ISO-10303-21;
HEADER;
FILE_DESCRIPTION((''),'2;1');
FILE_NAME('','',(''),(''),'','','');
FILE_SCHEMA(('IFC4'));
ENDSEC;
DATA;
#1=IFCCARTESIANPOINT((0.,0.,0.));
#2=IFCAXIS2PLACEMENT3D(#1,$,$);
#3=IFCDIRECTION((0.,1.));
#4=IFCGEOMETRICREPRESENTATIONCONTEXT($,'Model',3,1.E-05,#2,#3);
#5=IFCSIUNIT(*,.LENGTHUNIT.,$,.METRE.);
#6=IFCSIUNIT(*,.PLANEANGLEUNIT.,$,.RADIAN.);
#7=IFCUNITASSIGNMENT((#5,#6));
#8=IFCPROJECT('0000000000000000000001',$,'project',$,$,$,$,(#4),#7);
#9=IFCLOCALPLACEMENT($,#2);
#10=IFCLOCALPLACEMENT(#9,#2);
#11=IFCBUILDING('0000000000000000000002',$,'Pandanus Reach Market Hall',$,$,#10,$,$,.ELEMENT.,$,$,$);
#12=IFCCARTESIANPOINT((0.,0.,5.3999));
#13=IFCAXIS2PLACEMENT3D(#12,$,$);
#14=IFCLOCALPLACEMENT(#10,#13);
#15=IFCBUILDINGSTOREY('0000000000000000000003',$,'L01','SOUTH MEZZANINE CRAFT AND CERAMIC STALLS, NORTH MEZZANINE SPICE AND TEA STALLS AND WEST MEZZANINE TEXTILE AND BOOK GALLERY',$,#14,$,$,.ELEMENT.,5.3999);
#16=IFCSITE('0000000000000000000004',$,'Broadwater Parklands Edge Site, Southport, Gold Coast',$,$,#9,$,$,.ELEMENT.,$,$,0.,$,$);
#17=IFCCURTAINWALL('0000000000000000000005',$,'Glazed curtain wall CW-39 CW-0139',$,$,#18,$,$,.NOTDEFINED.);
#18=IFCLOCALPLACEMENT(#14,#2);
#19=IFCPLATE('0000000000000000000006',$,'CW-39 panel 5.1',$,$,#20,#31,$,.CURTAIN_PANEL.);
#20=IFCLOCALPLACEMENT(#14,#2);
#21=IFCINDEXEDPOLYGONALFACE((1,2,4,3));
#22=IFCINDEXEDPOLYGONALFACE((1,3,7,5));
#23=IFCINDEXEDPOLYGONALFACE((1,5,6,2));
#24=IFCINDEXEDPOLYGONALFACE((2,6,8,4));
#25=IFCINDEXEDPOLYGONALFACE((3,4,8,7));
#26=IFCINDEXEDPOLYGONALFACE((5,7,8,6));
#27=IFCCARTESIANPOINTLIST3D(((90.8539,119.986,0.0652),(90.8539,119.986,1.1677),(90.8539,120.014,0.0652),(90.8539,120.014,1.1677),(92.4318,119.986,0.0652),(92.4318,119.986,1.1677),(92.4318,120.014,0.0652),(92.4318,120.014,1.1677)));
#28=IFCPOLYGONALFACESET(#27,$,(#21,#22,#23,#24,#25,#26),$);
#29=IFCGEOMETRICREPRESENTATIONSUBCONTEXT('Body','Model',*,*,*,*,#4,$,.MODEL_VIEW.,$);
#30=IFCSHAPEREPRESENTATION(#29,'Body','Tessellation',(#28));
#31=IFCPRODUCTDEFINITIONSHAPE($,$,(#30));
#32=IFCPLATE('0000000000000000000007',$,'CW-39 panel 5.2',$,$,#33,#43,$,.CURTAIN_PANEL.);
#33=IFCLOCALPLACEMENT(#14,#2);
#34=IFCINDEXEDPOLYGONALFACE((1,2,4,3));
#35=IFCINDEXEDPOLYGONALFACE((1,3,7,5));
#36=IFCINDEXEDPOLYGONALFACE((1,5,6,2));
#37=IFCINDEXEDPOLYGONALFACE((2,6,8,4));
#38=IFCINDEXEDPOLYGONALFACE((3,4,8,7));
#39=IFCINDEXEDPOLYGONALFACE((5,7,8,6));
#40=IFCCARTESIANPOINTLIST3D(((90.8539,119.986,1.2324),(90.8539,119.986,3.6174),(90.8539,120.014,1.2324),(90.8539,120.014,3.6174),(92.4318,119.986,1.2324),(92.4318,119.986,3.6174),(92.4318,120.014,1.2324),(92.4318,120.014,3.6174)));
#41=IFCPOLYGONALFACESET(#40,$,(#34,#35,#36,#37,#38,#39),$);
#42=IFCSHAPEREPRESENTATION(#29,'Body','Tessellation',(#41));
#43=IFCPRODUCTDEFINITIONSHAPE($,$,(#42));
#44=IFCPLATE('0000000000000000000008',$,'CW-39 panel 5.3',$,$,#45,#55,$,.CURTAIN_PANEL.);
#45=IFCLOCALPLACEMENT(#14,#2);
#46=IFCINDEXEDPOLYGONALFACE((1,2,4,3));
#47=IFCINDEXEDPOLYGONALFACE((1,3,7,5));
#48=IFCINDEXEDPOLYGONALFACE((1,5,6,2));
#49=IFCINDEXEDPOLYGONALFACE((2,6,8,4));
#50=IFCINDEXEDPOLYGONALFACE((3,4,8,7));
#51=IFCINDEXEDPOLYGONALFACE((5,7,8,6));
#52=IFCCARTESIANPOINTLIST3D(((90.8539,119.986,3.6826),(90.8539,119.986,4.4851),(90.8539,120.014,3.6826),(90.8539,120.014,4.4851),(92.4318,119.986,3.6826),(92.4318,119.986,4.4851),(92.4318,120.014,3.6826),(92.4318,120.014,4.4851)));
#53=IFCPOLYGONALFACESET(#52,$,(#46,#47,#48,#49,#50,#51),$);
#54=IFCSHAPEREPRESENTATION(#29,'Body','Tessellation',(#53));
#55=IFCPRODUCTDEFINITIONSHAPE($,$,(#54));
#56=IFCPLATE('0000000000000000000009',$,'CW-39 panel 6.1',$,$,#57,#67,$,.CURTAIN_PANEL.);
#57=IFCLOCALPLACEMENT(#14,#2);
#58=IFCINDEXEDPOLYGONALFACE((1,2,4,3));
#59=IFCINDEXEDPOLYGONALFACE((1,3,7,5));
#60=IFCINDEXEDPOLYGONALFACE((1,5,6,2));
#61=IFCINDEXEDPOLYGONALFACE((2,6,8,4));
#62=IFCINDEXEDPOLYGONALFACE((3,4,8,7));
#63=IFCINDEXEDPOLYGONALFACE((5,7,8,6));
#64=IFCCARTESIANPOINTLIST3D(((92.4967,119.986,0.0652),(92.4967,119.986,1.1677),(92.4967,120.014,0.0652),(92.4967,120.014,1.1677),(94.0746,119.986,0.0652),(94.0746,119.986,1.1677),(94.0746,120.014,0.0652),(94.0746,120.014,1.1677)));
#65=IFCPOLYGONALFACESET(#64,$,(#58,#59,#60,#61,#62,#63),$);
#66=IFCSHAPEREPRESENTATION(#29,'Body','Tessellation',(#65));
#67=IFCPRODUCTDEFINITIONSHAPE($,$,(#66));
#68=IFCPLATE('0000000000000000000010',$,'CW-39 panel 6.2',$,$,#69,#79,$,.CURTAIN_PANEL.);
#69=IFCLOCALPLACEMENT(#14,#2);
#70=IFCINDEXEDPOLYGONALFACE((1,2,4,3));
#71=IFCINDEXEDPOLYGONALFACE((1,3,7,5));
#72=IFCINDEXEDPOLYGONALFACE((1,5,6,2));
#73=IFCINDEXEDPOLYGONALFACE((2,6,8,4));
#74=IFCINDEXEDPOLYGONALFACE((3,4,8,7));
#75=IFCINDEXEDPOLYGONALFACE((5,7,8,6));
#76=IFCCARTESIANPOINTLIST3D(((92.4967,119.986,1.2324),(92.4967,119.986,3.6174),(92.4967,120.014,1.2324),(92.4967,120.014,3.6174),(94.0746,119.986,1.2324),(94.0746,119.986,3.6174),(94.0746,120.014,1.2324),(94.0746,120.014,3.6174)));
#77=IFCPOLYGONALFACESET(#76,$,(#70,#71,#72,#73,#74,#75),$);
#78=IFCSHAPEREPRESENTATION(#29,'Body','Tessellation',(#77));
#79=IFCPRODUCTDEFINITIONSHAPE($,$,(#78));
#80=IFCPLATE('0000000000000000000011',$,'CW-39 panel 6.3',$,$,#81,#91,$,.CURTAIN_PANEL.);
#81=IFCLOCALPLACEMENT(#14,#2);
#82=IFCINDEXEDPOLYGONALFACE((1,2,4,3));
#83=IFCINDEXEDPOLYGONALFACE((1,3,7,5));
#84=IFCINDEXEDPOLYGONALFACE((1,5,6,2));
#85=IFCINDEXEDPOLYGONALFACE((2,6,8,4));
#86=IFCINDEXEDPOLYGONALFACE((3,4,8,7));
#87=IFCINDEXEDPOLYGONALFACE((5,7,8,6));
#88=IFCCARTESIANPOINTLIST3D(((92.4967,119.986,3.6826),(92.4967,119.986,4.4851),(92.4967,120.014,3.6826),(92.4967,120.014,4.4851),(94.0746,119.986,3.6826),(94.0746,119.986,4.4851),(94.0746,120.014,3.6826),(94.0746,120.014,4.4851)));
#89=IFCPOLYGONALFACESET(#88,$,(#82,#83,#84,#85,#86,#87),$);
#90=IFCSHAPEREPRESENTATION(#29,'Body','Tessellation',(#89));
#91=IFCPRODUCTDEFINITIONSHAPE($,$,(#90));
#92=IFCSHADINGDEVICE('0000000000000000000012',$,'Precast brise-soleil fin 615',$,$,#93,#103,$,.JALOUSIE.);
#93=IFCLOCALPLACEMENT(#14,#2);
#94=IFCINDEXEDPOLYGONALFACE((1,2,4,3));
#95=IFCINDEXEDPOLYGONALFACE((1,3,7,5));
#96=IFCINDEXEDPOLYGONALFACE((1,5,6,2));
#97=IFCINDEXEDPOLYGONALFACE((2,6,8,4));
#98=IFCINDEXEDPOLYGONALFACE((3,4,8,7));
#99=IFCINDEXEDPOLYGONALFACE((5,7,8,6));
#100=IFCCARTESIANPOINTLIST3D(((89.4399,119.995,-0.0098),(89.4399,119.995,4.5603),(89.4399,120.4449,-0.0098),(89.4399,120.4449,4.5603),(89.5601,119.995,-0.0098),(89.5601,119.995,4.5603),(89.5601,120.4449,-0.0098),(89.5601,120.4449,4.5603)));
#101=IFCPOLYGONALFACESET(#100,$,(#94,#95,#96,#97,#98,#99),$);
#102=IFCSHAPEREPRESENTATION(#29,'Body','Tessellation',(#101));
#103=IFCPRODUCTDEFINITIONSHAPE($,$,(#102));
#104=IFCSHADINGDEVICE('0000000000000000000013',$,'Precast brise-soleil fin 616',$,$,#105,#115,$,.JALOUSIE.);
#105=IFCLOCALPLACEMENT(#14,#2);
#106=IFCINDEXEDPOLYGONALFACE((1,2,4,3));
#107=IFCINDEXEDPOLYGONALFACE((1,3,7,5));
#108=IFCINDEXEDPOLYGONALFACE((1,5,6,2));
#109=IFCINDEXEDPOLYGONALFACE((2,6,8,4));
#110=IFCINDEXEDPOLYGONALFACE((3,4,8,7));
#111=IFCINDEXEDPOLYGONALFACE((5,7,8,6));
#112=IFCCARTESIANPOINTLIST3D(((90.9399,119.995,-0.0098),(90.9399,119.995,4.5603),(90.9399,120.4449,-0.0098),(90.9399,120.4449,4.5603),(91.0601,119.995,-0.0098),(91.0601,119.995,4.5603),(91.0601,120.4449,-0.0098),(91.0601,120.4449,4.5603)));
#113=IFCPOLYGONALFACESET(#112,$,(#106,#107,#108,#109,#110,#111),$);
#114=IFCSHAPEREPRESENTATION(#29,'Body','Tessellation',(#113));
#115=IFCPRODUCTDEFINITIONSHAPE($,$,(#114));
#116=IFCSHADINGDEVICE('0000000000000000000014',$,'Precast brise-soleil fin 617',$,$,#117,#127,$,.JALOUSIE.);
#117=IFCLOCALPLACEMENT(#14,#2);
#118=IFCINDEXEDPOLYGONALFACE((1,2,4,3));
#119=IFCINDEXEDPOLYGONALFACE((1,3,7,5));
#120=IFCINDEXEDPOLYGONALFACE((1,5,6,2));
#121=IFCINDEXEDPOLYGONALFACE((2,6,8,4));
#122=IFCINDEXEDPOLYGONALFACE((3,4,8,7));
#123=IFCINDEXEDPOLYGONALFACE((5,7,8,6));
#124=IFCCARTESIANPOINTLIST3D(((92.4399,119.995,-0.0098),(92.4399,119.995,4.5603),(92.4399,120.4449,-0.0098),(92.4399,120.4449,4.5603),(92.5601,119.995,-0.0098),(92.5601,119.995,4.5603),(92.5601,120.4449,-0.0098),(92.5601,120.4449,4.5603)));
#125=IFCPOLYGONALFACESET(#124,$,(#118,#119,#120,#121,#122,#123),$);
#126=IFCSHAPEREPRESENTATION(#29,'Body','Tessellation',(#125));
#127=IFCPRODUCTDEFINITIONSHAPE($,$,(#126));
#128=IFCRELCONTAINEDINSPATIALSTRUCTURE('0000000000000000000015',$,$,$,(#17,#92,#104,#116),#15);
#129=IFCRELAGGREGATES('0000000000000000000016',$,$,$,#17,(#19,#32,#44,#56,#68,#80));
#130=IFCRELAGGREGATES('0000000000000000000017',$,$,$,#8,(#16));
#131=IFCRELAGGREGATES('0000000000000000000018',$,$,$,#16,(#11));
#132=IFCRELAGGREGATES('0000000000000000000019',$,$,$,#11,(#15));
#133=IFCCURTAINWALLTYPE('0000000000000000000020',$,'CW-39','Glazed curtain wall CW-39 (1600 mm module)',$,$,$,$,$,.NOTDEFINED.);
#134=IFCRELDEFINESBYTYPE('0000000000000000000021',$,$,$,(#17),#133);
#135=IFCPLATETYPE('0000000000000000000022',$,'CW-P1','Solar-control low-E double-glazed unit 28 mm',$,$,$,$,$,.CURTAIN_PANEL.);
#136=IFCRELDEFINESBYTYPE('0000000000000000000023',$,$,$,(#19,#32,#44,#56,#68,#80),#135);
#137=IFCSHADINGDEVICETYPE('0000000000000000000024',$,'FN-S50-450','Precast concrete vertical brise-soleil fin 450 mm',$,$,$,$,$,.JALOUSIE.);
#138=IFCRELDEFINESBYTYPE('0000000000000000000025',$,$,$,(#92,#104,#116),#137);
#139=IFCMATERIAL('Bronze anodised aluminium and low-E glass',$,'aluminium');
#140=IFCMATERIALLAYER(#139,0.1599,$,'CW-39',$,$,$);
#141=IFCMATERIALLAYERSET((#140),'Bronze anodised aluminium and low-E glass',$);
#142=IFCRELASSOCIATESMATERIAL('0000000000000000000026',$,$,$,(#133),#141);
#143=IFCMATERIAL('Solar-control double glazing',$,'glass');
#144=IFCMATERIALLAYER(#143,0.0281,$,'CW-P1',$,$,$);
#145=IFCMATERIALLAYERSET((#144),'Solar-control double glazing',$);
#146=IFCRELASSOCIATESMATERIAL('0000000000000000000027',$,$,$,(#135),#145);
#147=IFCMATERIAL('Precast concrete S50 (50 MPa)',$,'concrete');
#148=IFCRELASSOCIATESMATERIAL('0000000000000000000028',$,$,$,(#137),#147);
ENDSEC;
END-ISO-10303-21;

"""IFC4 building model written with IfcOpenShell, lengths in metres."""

from ifc_helpers import new_model, si_unit, direction, frame, origin, origin_2d, place, context, subcontext, project, spatial, rectangle, extrude, material, layer, layer_set, type_object, element, aggregate, save


model = new_model("IFC4")

# Units and contexts
model_context = context("Model", 3, precision=1e-05, world=origin(), true_north=direction((0.0, 1.0)))
body_context = subcontext(model_context, "Body", "Model", "MODEL_VIEW")
ifc_project = project(units=[si_unit("LENGTHUNIT", "METRE"), si_unit("PLANEANGLEUNIT", "RADIAN")], contexts=[model_context])

# Site, building, storey
site_placement = place(None, origin())
site = spatial("IfcSite", under=ifc_project, at=site_placement, Name="Broadwater Parklands Edge Site, Southport, Gold Coast", CompositionType="ELEMENT", RefElevation=0.0)
building_placement = place(site_placement, origin())
building = spatial("IfcBuilding", under=site, at=building_placement, Name="Pandanus Reach Market Hall", CompositionType="ELEMENT")
storey_placement = place(building_placement, frame((0.0, 0.0, 5.3999)))
storey = spatial("IfcBuildingStorey", under=building, at=storey_placement, Name="L01", Description="SOUTH MEZZANINE CRAFT AND CERAMIC STALLS, NORTH MEZZANINE SPICE AND TEA STALLS AND WEST MEZZANINE TEXTILE AND BOOK GALLERY", CompositionType="ELEMENT", Elevation=5.3999)

# Curtain wall, plates
ifc_material_1 = material(Name="Bronze anodised aluminium and low-E glass", Category="aluminium")
ifc_layer_1 = layer(ifc_material_1, 0.1599, Name="CW-39")
ifc_layer_set_1 = layer_set([ifc_layer_1], Name="Bronze anodised aluminium and low-E glass")
curtain_wall_type = type_object("IfcCurtainWallType", Name="CW-39", Description="Glazed curtain wall CW-39 (1600 mm module)", PredefinedType="NOTDEFINED", material=ifc_layer_set_1)
curtain_wall_placement = place(storey_placement, origin())
curtain_wall = element("IfcCurtainWall", 1, at=curtain_wall_placement, inside=storey, type_object=curtain_wall_type, Name="Glazed curtain wall CW-39 CW-0139", PredefinedType="NOTDEFINED")
ifc_material_2 = material(Name="Solar-control double glazing", Category="glass")
ifc_layer_2 = layer(ifc_material_2, 0.0281, Name="CW-P1")
ifc_layer_set_2 = layer_set([ifc_layer_2], Name="Solar-control double glazing")
plate_type = type_object("IfcPlateType", Name="CW-P1", Description="Solar-control low-E double-glazed unit 28 mm", PredefinedType="CURTAIN_PANEL", material=ifc_layer_set_2)
plate_1_placement = place(storey_placement, frame((91.6428, 120.0, 0.0652), z_axis=(0.0, 0.0, 1.0), x_axis=(1.0, 0.0, 0.0)))
plate_1 = element("IfcPlate", 2, at=plate_1_placement, type_object=plate_type, Name="CW-39 panel 5.1", PredefinedType="CURTAIN_PANEL", context=body_context, shape_type="SweptSolid", body=[
    extrude(rectangle(XDim=1.5779, YDim=0.0281, at=origin_2d()), origin(), (0.0, 0.0, 1.0), 1.1025),
])
plate_2_placement = place(storey_placement, frame((91.6428, 120.0, 1.2324), z_axis=(0.0, 0.0, 1.0), x_axis=(1.0, 0.0, 0.0)))
plate_2 = element("IfcPlate", 3, at=plate_2_placement, type_object=plate_type, Name="CW-39 panel 5.2", PredefinedType="CURTAIN_PANEL", context=body_context, shape_type="SweptSolid", body=[
    extrude(rectangle(XDim=1.5779, YDim=0.0281, at=origin_2d()), origin(), (0.0, 0.0, 1.0), 2.385),
])
plate_3_placement = place(storey_placement, frame((91.6428, 120.0, 3.6826), z_axis=(0.0, 0.0, 1.0), x_axis=(1.0, 0.0, 0.0)))
plate_3 = element("IfcPlate", 4, at=plate_3_placement, type_object=plate_type, Name="CW-39 panel 5.3", PredefinedType="CURTAIN_PANEL", context=body_context, shape_type="SweptSolid", body=[
    extrude(rectangle(XDim=1.5779, YDim=0.0281, at=origin_2d()), origin(), (0.0, 0.0, 1.0), 0.8025),
])
plate_4_placement = place(storey_placement, frame((93.2856, 120.0, 0.0652), z_axis=(0.0, 0.0, 1.0), x_axis=(1.0, 0.0, 0.0)))
plate_4 = element("IfcPlate", 5, at=plate_4_placement, type_object=plate_type, Name="CW-39 panel 6.1", PredefinedType="CURTAIN_PANEL", context=body_context, shape_type="SweptSolid", body=[
    extrude(rectangle(XDim=1.5779, YDim=0.0281, at=origin_2d()), origin(), (0.0, 0.0, 1.0), 1.1025),
])
plate_5_placement = place(storey_placement, frame((93.2856, 120.0, 1.2324), z_axis=(0.0, 0.0, 1.0), x_axis=(1.0, 0.0, 0.0)))
plate_5 = element("IfcPlate", 6, at=plate_5_placement, type_object=plate_type, Name="CW-39 panel 6.2", PredefinedType="CURTAIN_PANEL", context=body_context, shape_type="SweptSolid", body=[
    extrude(rectangle(XDim=1.5779, YDim=0.0281, at=origin_2d()), origin(), (0.0, 0.0, 1.0), 2.385),
])
plate_6_placement = place(storey_placement, frame((93.2856, 120.0, 3.6826), z_axis=(0.0, 0.0, 1.0), x_axis=(1.0, 0.0, 0.0)))
plate_6 = element("IfcPlate", 7, at=plate_6_placement, type_object=plate_type, Name="CW-39 panel 6.3", PredefinedType="CURTAIN_PANEL", context=body_context, shape_type="SweptSolid", body=[
    extrude(rectangle(XDim=1.5779, YDim=0.0281, at=origin_2d()), origin(), (0.0, 0.0, 1.0), 0.8025),
])
aggregate(curtain_wall, [plate_1, plate_2, plate_3, plate_4, plate_5, plate_6])

# Shading devices
ifc_material_3 = material(Name="Precast concrete S50 (50 MPa)", Category="concrete")
shading_device_type = type_object("IfcShadingDeviceType", Name="FN-S50-450", Description="Precast concrete vertical brise-soleil fin 450 mm", PredefinedType="JALOUSIE", material=ifc_material_3)
for number, where, z_axis, x_axis, name in (
    (8, (89.5, 120.22, -0.0098), (0.0, 0.0, 1.0), (0.0, 1.0, 0.0), "Precast brise-soleil fin 615"),
    (9, (91.0, 120.22, -0.0098), (0.0, 0.0, 1.0), (0.0, 1.0, 0.0), "Precast brise-soleil fin 616"),
    (10, (92.5, 120.22, -0.0098), (0.0, 0.0, 1.0), (0.0, 1.0, 0.0), "Precast brise-soleil fin 617"),
):
    element("IfcShadingDevice", number, at=place(storey_placement, frame(where, z_axis=z_axis, x_axis=x_axis)), inside=storey, type_object=shading_device_type, Name=name, PredefinedType="JALOUSIE", context=body_context, shape_type="SweptSolid", body=[
        extrude(rectangle(XDim=0.45, YDim=0.1201, at=origin_2d()), origin(), (0.0, 0.0, 1.0), 4.5701),
    ])

save(model, "model.ifc")
